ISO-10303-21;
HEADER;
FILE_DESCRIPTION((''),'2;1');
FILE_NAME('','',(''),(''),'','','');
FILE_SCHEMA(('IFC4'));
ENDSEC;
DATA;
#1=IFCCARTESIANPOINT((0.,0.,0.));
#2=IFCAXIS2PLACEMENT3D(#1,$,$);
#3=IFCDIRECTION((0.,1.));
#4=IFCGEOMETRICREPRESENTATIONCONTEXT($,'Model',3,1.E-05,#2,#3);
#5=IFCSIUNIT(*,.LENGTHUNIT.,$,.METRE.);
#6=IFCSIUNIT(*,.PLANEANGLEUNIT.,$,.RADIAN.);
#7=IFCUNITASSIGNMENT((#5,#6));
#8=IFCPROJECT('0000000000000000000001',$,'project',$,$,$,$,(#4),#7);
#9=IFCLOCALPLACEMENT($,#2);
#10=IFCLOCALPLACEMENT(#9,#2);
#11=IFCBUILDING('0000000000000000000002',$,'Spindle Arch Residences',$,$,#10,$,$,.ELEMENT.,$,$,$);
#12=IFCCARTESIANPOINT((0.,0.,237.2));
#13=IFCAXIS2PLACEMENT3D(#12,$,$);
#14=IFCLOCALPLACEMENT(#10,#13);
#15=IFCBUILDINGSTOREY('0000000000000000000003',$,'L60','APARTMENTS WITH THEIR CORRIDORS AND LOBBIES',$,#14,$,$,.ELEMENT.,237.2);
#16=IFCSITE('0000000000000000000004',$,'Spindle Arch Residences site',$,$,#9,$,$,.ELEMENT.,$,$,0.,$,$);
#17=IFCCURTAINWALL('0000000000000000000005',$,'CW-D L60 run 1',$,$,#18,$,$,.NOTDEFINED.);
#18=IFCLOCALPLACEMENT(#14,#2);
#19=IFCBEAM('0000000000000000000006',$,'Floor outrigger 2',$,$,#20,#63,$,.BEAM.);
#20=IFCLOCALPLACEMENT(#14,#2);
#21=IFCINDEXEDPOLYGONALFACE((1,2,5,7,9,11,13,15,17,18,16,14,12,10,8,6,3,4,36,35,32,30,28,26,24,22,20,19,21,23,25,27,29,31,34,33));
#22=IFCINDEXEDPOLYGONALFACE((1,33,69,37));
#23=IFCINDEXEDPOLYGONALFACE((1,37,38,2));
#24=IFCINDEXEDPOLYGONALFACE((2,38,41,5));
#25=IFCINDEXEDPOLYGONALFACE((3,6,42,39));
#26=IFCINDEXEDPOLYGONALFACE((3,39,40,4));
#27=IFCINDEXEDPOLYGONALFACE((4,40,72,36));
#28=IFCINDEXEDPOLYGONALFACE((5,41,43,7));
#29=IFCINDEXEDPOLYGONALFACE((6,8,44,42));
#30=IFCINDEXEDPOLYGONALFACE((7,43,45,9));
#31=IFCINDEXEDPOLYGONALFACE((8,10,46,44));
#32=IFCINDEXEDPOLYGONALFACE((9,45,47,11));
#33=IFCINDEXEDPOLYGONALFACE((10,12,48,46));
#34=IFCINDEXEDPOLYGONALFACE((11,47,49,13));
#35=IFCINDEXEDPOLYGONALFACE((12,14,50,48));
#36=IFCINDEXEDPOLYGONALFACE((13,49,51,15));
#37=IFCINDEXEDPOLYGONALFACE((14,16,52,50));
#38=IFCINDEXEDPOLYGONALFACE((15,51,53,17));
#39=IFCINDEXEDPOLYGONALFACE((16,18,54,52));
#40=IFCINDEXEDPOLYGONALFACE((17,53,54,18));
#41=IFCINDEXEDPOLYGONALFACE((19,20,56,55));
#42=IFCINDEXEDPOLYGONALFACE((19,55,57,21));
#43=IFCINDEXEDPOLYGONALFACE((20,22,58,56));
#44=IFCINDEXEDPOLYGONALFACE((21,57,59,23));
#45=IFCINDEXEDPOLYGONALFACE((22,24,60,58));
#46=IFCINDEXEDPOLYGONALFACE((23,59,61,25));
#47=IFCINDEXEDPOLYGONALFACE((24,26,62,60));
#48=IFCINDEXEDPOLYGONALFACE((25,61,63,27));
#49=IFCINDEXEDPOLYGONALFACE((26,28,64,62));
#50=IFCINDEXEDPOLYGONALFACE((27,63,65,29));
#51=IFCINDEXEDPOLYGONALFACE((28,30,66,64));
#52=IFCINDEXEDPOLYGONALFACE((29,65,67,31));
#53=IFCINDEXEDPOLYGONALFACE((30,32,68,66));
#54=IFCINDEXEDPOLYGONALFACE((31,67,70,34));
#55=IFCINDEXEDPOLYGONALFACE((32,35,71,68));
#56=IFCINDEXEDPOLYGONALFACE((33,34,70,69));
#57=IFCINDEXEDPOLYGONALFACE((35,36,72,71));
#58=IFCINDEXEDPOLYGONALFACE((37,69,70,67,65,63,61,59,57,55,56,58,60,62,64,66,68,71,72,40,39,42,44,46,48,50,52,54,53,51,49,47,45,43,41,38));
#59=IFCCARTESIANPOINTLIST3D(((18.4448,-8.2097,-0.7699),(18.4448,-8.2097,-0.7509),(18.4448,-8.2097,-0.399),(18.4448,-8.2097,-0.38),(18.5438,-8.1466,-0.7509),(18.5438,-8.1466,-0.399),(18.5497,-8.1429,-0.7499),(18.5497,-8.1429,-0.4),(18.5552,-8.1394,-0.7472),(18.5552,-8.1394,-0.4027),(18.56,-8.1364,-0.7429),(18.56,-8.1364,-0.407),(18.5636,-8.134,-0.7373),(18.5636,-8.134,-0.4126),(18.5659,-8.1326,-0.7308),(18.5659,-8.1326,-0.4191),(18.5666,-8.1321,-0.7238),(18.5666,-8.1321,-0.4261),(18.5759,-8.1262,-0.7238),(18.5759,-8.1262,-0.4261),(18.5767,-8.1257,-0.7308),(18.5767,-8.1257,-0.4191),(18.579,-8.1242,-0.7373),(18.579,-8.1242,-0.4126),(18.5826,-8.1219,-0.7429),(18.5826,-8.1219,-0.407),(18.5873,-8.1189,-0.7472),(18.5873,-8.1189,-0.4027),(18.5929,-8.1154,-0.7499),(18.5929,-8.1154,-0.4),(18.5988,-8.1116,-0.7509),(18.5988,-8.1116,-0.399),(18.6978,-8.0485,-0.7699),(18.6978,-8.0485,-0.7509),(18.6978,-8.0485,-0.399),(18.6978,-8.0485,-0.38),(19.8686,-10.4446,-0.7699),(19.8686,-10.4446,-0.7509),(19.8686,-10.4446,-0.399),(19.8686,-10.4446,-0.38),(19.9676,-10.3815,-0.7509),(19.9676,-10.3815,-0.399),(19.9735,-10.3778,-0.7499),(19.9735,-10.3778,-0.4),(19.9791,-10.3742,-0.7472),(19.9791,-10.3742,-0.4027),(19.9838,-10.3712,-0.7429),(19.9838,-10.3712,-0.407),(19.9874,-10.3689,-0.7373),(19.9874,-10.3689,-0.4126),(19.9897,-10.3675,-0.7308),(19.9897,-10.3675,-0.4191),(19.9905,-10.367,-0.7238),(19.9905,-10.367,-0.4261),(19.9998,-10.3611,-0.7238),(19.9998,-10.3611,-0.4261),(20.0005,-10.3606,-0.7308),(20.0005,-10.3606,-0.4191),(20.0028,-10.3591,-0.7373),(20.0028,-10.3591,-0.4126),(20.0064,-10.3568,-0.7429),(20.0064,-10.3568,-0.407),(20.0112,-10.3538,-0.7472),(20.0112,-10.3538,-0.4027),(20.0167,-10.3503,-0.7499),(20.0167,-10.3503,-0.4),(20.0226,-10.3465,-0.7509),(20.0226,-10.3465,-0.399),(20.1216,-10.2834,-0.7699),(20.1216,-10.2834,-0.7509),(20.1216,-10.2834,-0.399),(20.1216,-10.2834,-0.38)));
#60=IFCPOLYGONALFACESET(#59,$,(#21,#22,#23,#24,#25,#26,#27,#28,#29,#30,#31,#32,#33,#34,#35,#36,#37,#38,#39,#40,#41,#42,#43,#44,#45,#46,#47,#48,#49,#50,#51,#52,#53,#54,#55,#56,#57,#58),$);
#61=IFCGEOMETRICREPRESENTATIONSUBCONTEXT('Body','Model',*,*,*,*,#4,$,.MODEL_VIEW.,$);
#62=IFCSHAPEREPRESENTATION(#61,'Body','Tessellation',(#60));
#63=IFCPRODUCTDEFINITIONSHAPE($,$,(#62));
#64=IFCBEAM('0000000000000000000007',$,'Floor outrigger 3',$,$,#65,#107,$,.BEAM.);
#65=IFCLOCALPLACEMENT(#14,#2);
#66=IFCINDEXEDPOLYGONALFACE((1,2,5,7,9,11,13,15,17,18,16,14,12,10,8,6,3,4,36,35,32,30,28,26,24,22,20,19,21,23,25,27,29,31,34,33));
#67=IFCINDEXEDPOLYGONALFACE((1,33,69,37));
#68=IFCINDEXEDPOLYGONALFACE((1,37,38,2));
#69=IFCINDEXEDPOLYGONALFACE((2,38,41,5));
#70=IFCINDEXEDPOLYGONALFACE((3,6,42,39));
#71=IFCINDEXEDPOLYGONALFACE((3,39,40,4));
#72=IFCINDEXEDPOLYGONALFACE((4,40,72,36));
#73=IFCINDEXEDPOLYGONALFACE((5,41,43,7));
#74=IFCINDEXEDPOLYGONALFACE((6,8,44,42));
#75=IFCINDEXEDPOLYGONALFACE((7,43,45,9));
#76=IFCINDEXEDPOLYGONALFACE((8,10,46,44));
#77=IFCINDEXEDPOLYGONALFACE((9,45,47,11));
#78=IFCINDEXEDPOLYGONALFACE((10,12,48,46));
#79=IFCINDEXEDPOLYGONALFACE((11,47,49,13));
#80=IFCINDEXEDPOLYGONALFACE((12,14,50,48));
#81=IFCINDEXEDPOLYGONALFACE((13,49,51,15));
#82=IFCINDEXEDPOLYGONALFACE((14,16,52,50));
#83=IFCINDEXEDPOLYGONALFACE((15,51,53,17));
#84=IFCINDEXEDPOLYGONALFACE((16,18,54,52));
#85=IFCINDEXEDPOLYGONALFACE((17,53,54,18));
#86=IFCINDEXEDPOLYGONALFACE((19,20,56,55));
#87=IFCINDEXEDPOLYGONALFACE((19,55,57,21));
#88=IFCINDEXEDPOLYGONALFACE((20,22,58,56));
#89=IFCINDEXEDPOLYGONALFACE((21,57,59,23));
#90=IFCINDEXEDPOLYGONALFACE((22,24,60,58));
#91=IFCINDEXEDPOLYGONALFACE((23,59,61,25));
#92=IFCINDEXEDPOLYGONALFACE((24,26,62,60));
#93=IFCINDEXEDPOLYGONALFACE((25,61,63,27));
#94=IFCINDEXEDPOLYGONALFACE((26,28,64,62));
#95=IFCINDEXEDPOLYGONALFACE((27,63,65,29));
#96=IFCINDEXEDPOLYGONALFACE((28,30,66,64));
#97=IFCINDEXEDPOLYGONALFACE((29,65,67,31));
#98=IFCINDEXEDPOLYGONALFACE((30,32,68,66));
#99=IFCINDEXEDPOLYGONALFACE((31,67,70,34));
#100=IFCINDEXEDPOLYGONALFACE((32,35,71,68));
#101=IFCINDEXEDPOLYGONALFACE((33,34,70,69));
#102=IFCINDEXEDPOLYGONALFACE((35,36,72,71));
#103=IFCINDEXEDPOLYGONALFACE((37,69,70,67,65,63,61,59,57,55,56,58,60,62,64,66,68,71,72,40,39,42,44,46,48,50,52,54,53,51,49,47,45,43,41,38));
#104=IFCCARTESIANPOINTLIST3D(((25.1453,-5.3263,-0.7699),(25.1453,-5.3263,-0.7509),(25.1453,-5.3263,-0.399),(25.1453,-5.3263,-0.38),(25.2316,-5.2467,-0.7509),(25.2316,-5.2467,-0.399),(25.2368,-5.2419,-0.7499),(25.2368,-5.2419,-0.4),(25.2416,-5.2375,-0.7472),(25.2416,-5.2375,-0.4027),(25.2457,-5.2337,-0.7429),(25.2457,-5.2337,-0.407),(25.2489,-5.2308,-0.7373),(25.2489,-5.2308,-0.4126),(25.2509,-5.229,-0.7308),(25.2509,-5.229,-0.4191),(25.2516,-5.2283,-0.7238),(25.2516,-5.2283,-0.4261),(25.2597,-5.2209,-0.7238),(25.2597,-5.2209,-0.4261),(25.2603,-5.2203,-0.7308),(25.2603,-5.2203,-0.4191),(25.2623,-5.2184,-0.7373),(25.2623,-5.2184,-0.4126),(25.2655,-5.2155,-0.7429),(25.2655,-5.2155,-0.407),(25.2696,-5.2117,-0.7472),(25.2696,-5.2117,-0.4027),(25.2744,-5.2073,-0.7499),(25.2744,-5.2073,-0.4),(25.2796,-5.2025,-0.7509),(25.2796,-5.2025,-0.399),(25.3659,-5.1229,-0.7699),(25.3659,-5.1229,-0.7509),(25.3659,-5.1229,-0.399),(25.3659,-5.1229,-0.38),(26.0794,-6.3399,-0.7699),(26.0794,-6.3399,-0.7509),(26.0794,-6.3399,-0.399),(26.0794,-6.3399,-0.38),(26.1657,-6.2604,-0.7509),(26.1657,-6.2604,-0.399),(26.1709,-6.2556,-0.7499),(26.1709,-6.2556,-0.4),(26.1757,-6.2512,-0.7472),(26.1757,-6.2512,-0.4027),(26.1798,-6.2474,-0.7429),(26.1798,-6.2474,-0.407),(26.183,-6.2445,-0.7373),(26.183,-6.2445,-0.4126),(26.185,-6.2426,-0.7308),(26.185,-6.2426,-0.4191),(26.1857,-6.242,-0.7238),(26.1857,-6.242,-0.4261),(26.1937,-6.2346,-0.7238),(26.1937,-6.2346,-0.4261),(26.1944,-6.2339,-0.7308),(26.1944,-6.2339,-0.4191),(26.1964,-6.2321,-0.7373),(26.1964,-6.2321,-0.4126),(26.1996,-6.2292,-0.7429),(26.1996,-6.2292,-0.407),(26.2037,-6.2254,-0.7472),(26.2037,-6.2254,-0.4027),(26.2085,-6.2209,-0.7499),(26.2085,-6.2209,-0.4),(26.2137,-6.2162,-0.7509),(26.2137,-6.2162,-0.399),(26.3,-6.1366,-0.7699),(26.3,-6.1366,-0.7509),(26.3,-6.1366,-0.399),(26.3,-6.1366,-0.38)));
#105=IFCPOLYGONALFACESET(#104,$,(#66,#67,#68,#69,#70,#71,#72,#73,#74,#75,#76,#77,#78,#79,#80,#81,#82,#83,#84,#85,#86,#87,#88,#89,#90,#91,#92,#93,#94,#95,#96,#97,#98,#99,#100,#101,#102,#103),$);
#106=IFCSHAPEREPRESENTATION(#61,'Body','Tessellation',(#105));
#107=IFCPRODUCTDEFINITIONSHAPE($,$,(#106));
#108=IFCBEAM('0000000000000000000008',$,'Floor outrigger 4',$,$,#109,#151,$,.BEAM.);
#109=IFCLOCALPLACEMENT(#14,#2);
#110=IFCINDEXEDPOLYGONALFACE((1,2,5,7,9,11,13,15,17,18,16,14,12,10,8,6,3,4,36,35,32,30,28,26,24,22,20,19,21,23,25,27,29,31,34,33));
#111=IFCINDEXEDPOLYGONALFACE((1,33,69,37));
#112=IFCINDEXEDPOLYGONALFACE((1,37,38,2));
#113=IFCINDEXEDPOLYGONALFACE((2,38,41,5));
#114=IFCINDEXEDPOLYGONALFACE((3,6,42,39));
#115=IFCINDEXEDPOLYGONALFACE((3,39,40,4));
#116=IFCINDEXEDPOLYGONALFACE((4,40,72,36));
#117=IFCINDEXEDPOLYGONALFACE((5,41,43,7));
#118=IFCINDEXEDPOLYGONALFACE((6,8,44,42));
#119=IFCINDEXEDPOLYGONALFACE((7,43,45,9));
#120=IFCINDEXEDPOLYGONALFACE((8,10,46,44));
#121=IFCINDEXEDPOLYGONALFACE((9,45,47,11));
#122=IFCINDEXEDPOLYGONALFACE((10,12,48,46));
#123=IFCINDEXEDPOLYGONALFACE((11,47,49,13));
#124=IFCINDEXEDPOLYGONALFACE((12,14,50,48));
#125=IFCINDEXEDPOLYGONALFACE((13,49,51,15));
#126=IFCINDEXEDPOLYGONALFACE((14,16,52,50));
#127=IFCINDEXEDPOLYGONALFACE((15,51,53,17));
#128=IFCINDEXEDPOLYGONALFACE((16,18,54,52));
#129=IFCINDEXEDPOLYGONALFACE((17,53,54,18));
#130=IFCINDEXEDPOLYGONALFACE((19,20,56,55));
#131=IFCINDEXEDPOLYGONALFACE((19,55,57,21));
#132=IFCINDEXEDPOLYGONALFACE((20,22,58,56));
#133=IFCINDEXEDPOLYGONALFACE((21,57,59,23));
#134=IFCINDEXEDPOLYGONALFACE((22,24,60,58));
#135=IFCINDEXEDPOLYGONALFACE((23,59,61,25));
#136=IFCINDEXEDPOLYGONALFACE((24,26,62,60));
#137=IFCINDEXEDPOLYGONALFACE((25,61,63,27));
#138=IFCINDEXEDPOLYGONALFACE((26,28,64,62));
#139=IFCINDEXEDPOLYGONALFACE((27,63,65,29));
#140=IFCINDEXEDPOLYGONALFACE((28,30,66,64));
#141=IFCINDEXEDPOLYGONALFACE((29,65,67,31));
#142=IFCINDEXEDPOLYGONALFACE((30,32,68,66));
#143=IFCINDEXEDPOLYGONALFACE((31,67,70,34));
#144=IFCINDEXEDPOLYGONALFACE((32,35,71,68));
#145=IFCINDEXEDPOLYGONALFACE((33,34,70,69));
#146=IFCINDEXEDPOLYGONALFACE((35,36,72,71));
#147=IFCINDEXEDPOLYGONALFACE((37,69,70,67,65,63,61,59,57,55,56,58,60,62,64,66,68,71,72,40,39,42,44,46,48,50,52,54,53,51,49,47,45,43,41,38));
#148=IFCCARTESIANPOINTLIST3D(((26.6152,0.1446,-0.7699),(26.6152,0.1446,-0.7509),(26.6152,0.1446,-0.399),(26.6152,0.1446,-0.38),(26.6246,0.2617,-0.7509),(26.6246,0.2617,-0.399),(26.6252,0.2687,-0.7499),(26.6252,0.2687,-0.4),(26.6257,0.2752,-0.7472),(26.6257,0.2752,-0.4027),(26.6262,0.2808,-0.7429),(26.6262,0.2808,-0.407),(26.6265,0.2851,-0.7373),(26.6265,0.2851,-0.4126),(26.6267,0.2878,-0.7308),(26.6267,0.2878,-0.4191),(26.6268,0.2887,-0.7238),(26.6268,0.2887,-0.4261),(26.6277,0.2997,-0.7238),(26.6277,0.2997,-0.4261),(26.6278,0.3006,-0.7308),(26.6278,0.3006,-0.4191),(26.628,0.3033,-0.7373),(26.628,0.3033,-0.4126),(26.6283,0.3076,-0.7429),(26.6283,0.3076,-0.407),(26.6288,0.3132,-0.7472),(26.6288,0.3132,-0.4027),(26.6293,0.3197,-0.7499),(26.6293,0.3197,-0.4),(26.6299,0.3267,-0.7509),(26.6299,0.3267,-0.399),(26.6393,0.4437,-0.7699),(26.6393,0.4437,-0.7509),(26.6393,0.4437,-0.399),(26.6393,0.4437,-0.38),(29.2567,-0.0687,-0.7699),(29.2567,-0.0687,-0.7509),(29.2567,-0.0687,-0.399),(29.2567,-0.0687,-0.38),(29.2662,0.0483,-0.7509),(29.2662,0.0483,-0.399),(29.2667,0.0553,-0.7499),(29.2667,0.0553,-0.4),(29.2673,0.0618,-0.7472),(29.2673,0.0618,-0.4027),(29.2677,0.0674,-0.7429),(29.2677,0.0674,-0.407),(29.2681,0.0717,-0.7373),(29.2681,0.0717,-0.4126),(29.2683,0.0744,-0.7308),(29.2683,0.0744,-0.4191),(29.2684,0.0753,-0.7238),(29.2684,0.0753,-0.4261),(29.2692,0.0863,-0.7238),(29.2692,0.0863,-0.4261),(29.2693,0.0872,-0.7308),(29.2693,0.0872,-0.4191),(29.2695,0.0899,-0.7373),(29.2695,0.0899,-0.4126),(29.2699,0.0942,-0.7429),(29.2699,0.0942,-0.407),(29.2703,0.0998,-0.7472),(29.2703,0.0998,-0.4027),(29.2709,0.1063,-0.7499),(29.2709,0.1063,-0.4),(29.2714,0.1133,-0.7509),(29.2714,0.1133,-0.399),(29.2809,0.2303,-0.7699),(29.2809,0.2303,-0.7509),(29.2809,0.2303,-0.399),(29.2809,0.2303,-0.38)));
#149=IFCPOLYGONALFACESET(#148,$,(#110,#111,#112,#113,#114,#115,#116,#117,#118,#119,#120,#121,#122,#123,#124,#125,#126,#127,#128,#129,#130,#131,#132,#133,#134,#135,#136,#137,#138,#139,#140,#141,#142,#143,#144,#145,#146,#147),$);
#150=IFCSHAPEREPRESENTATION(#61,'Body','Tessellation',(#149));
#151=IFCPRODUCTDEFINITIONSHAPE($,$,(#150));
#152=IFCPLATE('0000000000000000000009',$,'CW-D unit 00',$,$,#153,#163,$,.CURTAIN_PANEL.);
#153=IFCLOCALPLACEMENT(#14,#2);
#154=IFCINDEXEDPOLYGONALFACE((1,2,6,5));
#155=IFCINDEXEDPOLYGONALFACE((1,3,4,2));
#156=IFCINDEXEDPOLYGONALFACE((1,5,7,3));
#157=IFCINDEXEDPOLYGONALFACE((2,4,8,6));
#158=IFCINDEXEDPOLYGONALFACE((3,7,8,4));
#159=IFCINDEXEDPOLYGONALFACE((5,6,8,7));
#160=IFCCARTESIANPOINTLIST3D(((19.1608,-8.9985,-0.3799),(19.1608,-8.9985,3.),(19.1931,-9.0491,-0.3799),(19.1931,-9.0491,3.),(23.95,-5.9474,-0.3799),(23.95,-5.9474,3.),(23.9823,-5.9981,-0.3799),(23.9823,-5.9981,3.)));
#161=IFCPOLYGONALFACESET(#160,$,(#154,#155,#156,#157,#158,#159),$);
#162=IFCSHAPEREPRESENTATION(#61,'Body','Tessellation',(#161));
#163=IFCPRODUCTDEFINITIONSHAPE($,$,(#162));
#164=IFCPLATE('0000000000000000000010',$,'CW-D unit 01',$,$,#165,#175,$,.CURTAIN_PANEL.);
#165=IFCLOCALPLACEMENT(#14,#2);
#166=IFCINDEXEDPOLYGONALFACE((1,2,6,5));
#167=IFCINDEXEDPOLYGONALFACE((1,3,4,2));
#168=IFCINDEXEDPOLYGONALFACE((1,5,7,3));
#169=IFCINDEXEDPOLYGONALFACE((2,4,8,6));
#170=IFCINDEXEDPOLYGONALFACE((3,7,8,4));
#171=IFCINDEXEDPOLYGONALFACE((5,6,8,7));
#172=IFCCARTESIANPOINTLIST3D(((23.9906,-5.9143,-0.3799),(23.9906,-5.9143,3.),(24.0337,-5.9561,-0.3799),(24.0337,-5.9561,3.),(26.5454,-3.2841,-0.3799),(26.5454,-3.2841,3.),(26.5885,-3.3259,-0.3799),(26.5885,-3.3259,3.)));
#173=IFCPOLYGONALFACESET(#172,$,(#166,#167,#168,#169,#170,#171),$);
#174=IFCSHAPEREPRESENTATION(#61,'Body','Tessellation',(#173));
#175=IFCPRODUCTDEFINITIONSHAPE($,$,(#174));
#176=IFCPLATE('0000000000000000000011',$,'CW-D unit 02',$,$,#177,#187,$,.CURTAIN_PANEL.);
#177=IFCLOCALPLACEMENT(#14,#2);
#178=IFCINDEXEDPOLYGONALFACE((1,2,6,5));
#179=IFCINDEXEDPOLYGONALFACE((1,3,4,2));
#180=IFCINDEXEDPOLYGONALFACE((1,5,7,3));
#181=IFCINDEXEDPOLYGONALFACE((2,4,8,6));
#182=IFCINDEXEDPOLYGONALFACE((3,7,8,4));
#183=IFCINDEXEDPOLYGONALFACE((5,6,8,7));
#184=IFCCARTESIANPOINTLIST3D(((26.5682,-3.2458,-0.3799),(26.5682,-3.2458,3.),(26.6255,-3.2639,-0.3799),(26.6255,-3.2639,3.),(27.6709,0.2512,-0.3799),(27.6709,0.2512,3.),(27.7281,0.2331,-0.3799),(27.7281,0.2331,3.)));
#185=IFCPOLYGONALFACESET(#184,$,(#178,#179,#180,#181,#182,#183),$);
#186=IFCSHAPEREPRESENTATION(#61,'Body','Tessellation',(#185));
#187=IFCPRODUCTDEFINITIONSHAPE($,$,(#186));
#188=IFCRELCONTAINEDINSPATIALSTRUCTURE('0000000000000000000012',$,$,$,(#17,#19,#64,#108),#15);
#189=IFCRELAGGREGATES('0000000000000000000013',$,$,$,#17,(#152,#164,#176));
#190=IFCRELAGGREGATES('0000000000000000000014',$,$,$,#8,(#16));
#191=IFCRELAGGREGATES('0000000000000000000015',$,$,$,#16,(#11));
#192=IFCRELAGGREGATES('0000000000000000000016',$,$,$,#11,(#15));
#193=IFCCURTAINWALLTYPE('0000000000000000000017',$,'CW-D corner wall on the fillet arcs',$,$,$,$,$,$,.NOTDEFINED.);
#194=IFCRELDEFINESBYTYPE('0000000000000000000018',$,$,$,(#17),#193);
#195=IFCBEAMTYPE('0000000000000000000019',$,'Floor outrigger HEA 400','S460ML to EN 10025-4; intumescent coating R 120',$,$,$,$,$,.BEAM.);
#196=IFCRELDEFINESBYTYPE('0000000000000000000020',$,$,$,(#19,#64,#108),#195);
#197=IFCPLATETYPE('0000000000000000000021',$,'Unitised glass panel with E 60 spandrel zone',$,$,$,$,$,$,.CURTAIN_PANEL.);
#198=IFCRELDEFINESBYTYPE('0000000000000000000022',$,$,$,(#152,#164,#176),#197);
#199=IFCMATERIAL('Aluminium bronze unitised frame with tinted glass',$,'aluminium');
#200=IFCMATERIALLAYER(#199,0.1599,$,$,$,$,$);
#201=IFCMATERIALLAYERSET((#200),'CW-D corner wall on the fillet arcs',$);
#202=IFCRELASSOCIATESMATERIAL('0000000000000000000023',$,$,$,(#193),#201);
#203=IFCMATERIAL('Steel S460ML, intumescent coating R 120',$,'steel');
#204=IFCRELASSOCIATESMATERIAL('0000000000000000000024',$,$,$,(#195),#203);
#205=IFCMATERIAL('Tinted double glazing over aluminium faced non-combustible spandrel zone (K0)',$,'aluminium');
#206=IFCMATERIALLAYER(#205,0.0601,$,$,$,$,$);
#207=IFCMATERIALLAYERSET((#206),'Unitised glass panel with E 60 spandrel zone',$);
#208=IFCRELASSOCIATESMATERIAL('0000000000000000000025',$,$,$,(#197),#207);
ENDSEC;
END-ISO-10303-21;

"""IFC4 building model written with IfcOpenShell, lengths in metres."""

from ifc_helpers import new_model, si_unit, direction, frame, origin, origin_2d, place, context, subcontext, project, spatial, rectangle, i_section, extrude, material, layer, layer_set, material_profile, profile_set, type_object, element, aggregate, save


model = new_model("IFC4")

# Units and contexts
model_context = context("Model", 3, precision=1e-05, world=origin(), true_north=direction((0.0, 1.0)))
body_context = subcontext(model_context, "Body", "Model", "MODEL_VIEW")
ifc_project = project(units=[si_unit("LENGTHUNIT", "METRE"), si_unit("PLANEANGLEUNIT", "RADIAN")], contexts=[model_context])

# Site, building, storey
site_placement = place(None, origin())
site = spatial("IfcSite", under=ifc_project, at=site_placement, Name="Spindle Arch Residences site", CompositionType="ELEMENT", RefElevation=0.0)
building_placement = place(site_placement, origin())
building = spatial("IfcBuilding", under=site, at=building_placement, Name="Spindle Arch Residences", CompositionType="ELEMENT")
storey_placement = place(building_placement, frame((0.0, 0.0, 237.2)))
storey = spatial("IfcBuildingStorey", under=building, at=storey_placement, Name="L60", Description="APARTMENTS WITH THEIR CORRIDORS AND LOBBIES", CompositionType="ELEMENT", Elevation=237.2)

# Curtain wall
ifc_material_1 = material(Name="Aluminium bronze unitised frame with tinted glass", Category="aluminium")
ifc_layer_1 = layer(ifc_material_1, 0.1599)
ifc_layer_set_1 = layer_set([ifc_layer_1], Name="CW-D corner wall on the fillet arcs")
curtain_wall_type = type_object("IfcCurtainWallType", Name="CW-D corner wall on the fillet arcs", PredefinedType="NOTDEFINED", material=ifc_layer_set_1)
curtain_wall_placement = place(storey_placement, origin())
curtain_wall = element("IfcCurtainWall", 1, at=curtain_wall_placement, inside=storey, type_object=curtain_wall_type, Name="CW-D L60 run 1", PredefinedType="NOTDEFINED")

# Beams
ifc_material_2 = material(Name="Steel S460ML, intumescent coating R 120", Category="steel")
ifc_material_profile_1 = material_profile(ifc_material_2, i_section(OverallWidth=0.3, OverallDepth=0.3899, WebThickness=0.011, FlangeThickness=0.019, FilletRadius=0.0271, at=origin_2d()), Name="HEA 400")
ifc_profile_set_1 = profile_set([ifc_material_profile_1], Name="Steel S460ML, intumescent coating R 120")
beam_type_1 = type_object("IfcBeamType", Name="Floor outrigger HEA 400", Description="S460ML to EN 10025-4; intumescent coating R 120", PredefinedType="BEAM", material=ifc_profile_set_1)
beam_1_placement = place(storey_placement, frame((19.9951, -10.364, -0.575), z_axis=(-0.537317, 0.843381, 0.0), x_axis=(-0.843381, -0.537317, 0.0)))
element("IfcBeam", 2, at=beam_1_placement, inside=storey, type_object=beam_type_1, Name="Floor outrigger 2", PredefinedType="BEAM", context=body_context, shape_type="SweptSolid", body=[
    extrude(i_section(OverallWidth=0.3, OverallDepth=0.3899, WebThickness=0.011, FlangeThickness=0.019, FilletRadius=0.0271, at=origin_2d()), origin(), (0.0, 0.0, 1.0), 2.6499),
])
beam_2_placement = place(storey_placement, frame((26.1897, -6.2383, -0.575), z_axis=(-0.677647, 0.735387, 0.0), x_axis=(-0.735387, -0.677647, 0.0)))
element("IfcBeam", 3, at=beam_2_placement, inside=storey, type_object=beam_type_1, Name="Floor outrigger 3", PredefinedType="BEAM", context=body_context, shape_type="SweptSolid", body=[
    extrude(i_section(OverallWidth=0.3, OverallDepth=0.3899, WebThickness=0.011, FlangeThickness=0.019, FilletRadius=0.0271, at=origin_2d()), origin(), (0.0, 0.0, 1.0), 1.3784),
])
beam_3_placement = place(storey_placement, frame((29.2688, 0.0808, -0.575), z_axis=(-0.996753, 0.080514, 0.0), x_axis=(-0.080514, -0.996753, 0.0)))
element("IfcBeam", 4, at=beam_3_placement, inside=storey, type_object=beam_type_1, Name="Floor outrigger 4", PredefinedType="BEAM", context=body_context, shape_type="SweptSolid", body=[
    extrude(i_section(OverallWidth=0.3, OverallDepth=0.3899, WebThickness=0.011, FlangeThickness=0.019, FilletRadius=0.0271, at=origin_2d()), origin(), (0.0, 0.0, 1.0), 2.6501),
])

# Plates
ifc_material_3 = material(Name="Tinted double glazing over aluminium faced non-combustible spandrel zone (K0)", Category="aluminium")
ifc_layer_2 = layer(ifc_material_3, 0.0601)
ifc_layer_set_2 = layer_set([ifc_layer_2], Name="Unitised glass panel with E 60 spandrel zone")
plate_type = type_object("IfcPlateType", Name="Unitised glass panel with E 60 spandrel zone", PredefinedType="CURTAIN_PANEL", material=ifc_layer_set_2)
plate_1_placement = place(storey_placement, frame((21.5715, -7.4983, -0.3799), z_axis=(0.0, 0.0, 1.0), x_axis=(0.843391, 0.5373, 0.0)))
plate_1 = element("IfcPlate", 5, at=plate_1_placement, type_object=plate_type, Name="CW-D unit 00", PredefinedType="CURTAIN_PANEL", context=body_context, shape_type="SweptSolid", body=[
    extrude(rectangle(XDim=5.6785, YDim=0.0601, at=origin_2d()), origin(), (0.0, 0.0, 1.0), 3.3799),
])
plate_2_placement = place(storey_placement, frame((25.2896, -4.6201, -0.3799), z_axis=(0.0, 0.0, 1.0), x_axis=(0.696748, 0.717316, 0.0)))
plate_2 = element("IfcPlate", 6, at=plate_2_placement, type_object=plate_type, Name="CW-D unit 01", PredefinedType="CURTAIN_PANEL", context=body_context, shape_type="SweptSolid", body=[
    extrude(rectangle(XDim=3.6667, YDim=0.0601, at=origin_2d()), origin(), (0.0, 0.0, 1.0), 3.3799),
])
plate_3_placement = place(storey_placement, frame((27.1482, -1.5063, -0.3799), z_axis=(0.0, 0.0, 1.0), x_axis=(0.300706, 0.953717, 0.0)))
plate_3 = element("IfcPlate", 7, at=plate_3_placement, type_object=plate_type, Name="CW-D unit 02", PredefinedType="CURTAIN_PANEL", context=body_context, shape_type="SweptSolid", body=[
    extrude(rectangle(XDim=3.6667, YDim=0.0601, at=origin_2d()), origin(), (0.0, 0.0, 1.0), 3.3799),
])
aggregate(curtain_wall, [plate_1, plate_2, plate_3])

save(model, "model.ifc")
